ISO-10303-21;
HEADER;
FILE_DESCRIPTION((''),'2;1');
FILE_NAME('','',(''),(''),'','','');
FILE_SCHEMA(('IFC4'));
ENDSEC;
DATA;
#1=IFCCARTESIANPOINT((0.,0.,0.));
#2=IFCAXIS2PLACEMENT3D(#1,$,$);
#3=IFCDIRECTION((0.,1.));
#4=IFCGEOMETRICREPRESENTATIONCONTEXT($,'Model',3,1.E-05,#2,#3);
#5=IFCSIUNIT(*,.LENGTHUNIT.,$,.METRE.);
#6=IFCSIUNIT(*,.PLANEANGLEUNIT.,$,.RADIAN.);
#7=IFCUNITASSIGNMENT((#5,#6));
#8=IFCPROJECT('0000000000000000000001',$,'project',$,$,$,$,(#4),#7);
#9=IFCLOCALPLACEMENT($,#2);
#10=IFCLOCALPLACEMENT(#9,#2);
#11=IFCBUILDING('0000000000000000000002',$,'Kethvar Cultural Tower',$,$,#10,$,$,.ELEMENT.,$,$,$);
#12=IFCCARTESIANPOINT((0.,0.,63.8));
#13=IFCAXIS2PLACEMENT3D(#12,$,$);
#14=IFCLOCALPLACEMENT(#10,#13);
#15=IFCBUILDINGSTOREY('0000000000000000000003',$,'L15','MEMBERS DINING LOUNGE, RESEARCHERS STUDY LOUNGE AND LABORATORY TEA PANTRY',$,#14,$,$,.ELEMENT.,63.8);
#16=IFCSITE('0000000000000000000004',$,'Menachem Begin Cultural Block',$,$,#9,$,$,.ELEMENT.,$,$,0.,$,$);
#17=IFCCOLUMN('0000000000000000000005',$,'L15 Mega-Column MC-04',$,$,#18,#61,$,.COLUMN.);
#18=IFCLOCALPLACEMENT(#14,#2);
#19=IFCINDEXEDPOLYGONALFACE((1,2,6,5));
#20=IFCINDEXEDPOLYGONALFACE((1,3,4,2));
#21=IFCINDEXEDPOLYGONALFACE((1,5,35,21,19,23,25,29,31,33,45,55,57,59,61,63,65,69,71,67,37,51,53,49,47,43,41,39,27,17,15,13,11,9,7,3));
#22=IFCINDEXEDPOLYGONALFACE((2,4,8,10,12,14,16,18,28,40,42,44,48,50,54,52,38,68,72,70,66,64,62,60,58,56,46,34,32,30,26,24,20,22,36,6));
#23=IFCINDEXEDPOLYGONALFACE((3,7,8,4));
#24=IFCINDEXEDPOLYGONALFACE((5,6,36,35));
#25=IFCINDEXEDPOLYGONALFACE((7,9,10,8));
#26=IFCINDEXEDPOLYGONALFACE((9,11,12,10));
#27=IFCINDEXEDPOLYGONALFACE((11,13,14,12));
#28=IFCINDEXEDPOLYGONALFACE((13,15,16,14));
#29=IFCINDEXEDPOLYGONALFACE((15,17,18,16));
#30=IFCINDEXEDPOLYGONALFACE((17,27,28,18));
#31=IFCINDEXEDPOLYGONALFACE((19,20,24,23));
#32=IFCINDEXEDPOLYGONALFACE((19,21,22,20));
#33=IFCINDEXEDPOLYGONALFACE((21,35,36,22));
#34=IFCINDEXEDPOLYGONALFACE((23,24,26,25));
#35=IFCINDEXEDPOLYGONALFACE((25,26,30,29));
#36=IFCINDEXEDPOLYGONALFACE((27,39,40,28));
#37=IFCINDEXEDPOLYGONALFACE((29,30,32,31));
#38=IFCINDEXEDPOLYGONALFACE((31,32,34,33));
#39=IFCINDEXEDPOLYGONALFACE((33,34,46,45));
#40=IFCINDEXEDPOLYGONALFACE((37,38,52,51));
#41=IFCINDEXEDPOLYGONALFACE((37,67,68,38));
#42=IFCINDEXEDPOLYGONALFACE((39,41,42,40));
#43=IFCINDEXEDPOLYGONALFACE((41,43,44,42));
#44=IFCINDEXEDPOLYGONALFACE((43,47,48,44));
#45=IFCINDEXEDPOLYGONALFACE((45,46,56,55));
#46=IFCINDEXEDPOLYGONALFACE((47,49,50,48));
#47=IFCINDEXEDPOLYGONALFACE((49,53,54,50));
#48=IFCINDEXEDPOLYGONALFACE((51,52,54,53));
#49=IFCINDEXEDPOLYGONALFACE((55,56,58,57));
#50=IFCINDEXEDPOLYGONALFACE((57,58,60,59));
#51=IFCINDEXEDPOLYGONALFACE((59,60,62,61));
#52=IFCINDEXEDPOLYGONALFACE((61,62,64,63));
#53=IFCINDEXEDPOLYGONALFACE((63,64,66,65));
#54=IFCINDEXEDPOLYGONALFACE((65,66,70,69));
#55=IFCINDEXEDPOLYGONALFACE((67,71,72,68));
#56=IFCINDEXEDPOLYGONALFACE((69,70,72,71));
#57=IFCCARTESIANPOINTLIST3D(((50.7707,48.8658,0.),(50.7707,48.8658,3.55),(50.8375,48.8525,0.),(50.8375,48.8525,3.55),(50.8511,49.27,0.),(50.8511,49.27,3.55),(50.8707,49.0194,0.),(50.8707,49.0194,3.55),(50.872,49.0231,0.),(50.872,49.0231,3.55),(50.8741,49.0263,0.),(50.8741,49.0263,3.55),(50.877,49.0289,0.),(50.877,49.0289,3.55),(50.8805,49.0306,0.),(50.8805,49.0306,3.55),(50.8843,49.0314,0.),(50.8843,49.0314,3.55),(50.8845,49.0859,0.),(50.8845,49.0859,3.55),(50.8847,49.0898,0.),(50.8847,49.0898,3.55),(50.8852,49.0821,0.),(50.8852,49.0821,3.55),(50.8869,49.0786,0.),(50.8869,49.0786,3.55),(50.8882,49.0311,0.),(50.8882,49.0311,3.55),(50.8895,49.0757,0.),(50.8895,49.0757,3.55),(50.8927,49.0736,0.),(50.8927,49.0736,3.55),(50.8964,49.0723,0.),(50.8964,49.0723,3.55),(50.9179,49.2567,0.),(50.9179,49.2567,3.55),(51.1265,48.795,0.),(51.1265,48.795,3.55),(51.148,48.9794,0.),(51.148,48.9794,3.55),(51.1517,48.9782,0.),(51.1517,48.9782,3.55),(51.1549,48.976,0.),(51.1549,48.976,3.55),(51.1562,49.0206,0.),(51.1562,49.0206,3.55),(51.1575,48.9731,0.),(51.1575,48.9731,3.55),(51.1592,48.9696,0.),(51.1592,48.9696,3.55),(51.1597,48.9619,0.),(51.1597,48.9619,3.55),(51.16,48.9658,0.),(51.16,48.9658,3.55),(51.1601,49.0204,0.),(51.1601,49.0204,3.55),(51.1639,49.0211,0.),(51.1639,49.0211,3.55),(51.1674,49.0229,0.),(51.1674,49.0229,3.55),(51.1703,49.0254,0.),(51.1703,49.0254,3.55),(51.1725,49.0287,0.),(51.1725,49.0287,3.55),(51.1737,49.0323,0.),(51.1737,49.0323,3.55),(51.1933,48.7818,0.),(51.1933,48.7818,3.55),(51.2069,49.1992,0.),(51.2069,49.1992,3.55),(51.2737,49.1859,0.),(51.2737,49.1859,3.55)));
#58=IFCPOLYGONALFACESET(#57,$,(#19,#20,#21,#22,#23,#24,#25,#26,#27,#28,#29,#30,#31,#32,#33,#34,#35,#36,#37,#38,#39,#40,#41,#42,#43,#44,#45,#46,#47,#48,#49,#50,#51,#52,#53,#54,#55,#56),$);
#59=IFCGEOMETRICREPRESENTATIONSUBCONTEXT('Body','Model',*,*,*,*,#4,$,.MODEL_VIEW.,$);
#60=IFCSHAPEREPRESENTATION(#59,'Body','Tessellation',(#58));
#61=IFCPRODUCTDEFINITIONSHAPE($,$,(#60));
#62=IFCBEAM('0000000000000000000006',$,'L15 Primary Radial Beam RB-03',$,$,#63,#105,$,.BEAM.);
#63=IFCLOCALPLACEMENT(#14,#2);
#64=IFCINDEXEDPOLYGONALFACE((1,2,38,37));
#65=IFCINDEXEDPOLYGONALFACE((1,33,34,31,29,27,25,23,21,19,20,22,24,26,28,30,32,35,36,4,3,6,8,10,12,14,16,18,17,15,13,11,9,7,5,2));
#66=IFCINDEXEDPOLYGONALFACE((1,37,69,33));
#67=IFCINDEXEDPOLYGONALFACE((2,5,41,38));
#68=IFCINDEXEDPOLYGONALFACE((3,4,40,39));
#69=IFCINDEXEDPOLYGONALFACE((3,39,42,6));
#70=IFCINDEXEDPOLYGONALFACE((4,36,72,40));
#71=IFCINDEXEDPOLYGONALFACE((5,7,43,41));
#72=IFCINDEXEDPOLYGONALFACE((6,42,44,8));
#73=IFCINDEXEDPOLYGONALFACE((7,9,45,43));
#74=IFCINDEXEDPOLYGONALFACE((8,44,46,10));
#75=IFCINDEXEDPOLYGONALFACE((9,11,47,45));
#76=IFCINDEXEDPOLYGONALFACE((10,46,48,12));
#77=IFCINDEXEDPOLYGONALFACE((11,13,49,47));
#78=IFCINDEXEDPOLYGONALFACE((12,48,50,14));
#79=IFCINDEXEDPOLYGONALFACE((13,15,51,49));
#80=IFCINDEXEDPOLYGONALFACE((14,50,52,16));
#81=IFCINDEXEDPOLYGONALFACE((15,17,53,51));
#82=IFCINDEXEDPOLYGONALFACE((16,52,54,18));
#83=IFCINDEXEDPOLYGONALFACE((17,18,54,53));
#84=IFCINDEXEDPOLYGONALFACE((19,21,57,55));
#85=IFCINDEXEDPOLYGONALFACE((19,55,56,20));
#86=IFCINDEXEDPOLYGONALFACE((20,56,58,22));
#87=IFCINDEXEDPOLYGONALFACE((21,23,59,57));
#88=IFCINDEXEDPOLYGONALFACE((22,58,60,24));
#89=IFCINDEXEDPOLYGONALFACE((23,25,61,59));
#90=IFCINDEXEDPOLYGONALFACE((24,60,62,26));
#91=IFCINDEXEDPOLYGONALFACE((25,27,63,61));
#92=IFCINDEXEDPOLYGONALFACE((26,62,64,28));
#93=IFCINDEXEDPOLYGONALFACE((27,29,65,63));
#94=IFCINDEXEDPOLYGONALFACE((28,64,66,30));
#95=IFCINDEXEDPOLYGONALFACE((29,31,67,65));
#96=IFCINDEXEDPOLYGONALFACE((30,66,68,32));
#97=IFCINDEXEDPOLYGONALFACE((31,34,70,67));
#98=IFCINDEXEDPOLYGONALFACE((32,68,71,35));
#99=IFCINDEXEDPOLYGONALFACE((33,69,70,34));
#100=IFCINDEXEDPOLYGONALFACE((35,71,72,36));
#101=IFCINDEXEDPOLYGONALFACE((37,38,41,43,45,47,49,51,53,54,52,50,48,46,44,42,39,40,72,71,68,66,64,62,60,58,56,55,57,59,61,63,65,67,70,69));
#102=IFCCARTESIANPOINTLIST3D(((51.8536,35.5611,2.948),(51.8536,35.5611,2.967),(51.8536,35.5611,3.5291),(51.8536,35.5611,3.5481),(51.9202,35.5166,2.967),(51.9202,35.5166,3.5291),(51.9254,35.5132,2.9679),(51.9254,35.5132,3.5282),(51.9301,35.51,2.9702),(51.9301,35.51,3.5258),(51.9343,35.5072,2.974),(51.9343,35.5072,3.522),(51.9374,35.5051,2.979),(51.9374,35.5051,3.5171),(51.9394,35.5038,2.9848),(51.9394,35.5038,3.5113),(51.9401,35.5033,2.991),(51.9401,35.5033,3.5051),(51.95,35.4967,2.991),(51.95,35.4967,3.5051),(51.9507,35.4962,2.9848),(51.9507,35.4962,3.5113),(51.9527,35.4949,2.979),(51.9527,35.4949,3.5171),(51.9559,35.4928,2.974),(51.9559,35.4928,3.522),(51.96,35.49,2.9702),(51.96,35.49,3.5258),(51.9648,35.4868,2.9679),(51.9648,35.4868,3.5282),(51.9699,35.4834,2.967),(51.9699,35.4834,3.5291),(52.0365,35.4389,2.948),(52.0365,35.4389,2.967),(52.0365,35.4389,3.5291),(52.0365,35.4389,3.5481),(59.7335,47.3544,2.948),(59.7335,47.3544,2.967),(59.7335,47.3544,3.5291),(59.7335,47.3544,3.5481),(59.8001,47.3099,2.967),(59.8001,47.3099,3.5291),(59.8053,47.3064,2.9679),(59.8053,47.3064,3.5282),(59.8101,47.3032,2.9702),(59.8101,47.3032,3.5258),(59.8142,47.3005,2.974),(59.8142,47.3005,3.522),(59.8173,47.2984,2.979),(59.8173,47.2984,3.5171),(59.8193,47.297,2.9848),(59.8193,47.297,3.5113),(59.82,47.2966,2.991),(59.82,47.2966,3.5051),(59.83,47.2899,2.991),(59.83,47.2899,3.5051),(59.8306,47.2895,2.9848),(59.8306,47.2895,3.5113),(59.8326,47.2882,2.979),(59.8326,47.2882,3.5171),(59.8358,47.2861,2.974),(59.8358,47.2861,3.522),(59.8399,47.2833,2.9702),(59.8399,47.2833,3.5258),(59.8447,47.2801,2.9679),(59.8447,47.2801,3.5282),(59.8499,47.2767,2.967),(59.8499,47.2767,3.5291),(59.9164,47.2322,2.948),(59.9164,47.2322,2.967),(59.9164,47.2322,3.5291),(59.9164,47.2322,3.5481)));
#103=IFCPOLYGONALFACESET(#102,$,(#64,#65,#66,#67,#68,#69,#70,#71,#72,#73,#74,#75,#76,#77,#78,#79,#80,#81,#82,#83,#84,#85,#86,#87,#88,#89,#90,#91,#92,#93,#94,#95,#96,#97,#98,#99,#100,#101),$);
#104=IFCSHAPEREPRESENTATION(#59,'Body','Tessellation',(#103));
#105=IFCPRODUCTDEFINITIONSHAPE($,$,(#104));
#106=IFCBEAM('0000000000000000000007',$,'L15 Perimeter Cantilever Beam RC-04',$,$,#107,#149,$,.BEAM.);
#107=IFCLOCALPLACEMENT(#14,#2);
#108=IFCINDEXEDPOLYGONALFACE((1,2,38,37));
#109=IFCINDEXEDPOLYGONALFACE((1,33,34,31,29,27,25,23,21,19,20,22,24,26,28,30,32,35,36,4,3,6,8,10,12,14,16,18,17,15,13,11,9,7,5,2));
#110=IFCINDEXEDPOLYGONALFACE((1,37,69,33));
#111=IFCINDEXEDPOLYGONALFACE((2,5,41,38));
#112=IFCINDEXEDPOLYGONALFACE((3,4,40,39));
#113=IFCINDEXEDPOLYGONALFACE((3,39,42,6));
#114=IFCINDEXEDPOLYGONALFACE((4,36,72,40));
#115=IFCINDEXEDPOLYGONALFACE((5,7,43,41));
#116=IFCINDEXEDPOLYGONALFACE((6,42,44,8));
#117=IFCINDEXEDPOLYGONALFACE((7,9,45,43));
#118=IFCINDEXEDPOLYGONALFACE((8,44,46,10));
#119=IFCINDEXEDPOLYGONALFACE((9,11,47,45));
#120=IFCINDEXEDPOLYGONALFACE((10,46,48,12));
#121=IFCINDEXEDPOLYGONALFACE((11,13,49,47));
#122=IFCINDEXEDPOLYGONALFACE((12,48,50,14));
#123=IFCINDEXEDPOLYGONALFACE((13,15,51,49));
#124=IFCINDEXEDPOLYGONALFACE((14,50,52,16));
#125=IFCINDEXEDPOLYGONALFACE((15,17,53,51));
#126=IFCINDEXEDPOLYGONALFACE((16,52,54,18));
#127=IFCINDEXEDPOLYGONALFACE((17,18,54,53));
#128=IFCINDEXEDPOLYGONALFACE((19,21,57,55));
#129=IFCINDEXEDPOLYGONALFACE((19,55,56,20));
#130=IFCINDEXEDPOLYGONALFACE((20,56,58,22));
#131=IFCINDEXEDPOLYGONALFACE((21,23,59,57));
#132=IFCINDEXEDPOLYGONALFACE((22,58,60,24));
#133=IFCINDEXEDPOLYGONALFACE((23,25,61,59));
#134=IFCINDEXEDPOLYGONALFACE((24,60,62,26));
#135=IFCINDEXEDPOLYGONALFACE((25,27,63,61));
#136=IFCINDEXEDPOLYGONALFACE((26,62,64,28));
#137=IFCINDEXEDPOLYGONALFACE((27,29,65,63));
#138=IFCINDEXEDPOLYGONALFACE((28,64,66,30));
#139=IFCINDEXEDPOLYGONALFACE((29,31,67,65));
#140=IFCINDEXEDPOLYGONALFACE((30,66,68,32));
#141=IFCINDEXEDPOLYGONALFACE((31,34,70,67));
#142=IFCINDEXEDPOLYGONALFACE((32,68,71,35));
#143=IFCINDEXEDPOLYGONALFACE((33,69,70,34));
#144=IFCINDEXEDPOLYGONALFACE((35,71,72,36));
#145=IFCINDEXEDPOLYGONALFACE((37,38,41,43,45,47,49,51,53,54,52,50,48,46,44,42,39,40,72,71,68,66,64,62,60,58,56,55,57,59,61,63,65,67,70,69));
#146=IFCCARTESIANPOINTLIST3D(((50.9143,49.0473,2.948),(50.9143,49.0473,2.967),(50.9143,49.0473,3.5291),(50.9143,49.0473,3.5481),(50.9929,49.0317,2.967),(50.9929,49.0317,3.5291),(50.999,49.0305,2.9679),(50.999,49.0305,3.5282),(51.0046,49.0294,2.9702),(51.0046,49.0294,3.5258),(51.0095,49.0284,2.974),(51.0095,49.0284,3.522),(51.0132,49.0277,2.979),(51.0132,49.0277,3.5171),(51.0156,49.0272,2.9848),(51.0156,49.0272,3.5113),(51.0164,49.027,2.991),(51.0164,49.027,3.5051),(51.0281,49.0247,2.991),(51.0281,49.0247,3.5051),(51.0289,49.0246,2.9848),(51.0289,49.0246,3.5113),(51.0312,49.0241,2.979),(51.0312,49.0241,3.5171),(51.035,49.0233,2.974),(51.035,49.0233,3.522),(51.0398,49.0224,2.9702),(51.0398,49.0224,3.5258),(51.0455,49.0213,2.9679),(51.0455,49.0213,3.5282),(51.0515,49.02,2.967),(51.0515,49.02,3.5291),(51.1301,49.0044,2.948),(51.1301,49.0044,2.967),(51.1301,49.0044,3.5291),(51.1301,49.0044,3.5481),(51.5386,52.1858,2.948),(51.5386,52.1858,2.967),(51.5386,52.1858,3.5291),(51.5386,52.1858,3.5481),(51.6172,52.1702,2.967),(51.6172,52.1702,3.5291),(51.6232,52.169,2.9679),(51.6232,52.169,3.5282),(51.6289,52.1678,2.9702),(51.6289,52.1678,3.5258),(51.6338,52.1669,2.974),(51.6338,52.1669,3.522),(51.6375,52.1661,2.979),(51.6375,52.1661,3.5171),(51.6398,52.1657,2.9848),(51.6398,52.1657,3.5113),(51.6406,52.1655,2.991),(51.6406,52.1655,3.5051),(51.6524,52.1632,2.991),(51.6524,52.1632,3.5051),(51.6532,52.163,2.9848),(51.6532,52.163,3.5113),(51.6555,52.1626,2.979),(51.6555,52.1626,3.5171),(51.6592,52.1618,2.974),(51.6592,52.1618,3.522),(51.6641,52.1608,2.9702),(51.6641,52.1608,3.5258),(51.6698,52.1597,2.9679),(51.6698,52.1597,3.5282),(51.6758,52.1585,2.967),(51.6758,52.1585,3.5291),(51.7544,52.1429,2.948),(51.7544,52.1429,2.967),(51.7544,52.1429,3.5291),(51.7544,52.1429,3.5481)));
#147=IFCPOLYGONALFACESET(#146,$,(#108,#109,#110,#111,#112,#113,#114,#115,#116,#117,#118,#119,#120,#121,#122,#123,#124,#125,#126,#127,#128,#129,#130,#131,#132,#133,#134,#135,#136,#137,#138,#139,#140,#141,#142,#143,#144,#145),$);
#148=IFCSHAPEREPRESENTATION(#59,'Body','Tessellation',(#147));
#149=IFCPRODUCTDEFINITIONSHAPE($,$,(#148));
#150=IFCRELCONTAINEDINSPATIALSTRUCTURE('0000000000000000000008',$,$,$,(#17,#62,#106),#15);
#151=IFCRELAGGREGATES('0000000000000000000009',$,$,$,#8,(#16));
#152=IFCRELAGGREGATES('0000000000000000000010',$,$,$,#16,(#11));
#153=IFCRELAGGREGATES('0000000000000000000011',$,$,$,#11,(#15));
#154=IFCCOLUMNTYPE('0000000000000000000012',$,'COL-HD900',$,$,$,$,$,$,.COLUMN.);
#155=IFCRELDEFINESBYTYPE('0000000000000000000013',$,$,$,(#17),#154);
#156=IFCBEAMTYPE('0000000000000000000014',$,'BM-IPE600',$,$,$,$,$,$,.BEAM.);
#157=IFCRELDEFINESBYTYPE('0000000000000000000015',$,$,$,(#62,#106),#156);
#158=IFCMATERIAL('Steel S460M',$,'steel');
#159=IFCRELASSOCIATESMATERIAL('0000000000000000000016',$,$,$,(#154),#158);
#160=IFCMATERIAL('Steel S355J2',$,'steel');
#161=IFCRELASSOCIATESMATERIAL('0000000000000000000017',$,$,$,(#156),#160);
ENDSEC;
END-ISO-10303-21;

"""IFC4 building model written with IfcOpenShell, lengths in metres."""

from ifc_helpers import new_model, si_unit, direction, frame, origin, origin_2d, place, context, subcontext, project, spatial, i_section, extrude, source, transform, mapped, material, material_profile, profile_set, type_object, element, save


model = new_model("IFC4")

# Units and contexts
model_context = context("Model", 3, precision=1e-05, world=origin(), true_north=direction((0.0, 1.0)))
body_context = subcontext(model_context, "Body", "Model", "MODEL_VIEW")
ifc_project = project(units=[si_unit("LENGTHUNIT", "METRE"), si_unit("PLANEANGLEUNIT", "RADIAN")], contexts=[model_context])

# Site, building, storey
site_placement = place(None, origin())
site = spatial("IfcSite", under=ifc_project, at=site_placement, Name="Menachem Begin Cultural Block", CompositionType="ELEMENT", RefElevation=0.0)
building_placement = place(site_placement, origin())
building = spatial("IfcBuilding", under=site, at=building_placement, Name="Kethvar Cultural Tower", CompositionType="ELEMENT")
storey_placement = place(building_placement, frame((0.0, 0.0, 63.8)))
storey = spatial("IfcBuildingStorey", under=building, at=storey_placement, Name="L15", Description="MEMBERS DINING LOUNGE, RESEARCHERS STUDY LOUNGE AND LABORATORY TEA PANTRY", CompositionType="ELEMENT", Elevation=63.8)

# Column
ifc_material_1 = material(Name="Steel S460M", Category="steel")
ifc_material_profile_1 = material_profile(ifc_material_1, i_section(OverallWidth=0.4121, OverallDepth=0.4309, WebThickness=0.042, FlangeThickness=0.0681, FilletRadius=0.0149, at=origin_2d()), Name="Steel S460M — HD400x900")
ifc_profile_set_1 = profile_set([ifc_material_profile_1], Name="Steel S460M — HD400x900")
column_type = type_object("IfcColumnType", Name="COL-HD900", PredefinedType="COLUMN", material=ifc_profile_set_1)
shared_shape_1 = source(origin(), body_context, "Body", "SweptSolid", [
    extrude(i_section(OverallWidth=0.4121, OverallDepth=0.4309, WebThickness=0.042, FlangeThickness=0.0681, FilletRadius=0.0149, at=origin_2d()), origin(), (0.0, 0.0, 1.0), 3.55),
])
column_placement = place(storey_placement, frame((51.0222, 49.0259, 0.0), z_axis=(0.0, 0.0, 1.0), x_axis=(0.19509, 0.980785, 0.0)))
element("IfcColumn", 1, at=column_placement, inside=storey, type_object=column_type, Name="L15 Mega-Column MC-04", PredefinedType="COLUMN", context=body_context, shape_type="MappedRepresentation", body=[
    mapped(shared_shape_1, transform((0.0, 0.0, 0.0), scale=1.0)),
])

# Beams
ifc_material_2 = material(Name="Steel S355J2", Category="steel")
ifc_material_profile_2 = material_profile(ifc_material_2, i_section(OverallWidth=0.22, OverallDepth=0.6001, WebThickness=0.012, FlangeThickness=0.019, FilletRadius=0.0239, at=origin_2d()), Name="Steel S355J2 — IPE600")
ifc_profile_set_2 = profile_set([ifc_material_profile_2], Name="Steel S355J2 — IPE600")
beam_type_1 = type_object("IfcBeamType", Name="BM-IPE600", PredefinedType="BEAM", material=ifc_profile_set_2)
shared_shape_2 = source(origin(), body_context, "Body", "SweptSolid", [
    extrude(i_section(OverallWidth=0.22, OverallDepth=0.6001, WebThickness=0.012, FlangeThickness=0.019, FilletRadius=0.0239, at=origin_2d()), origin(), (0.0, 0.0, 1.0), 14.1836),
])
beam_1_placement = place(storey_placement, frame((51.9451, 35.5, 3.248), z_axis=(0.555566, 0.831473, 0.0), x_axis=(-0.831473, 0.555566, 0.0)))
element("IfcBeam", 2, at=beam_1_placement, inside=storey, type_object=beam_type_1, Name="L15 Primary Radial Beam RB-03", PredefinedType="BEAM", context=body_context, shape_type="MappedRepresentation", body=[
    mapped(shared_shape_2, transform((0.0, 0.0, 0.0), scale=1.0)),
])
shared_shape_3 = source(origin(), body_context, "Body", "SweptSolid", [
    extrude(i_section(OverallWidth=0.22, OverallDepth=0.6001, WebThickness=0.012, FlangeThickness=0.019, FilletRadius=0.0239, at=origin_2d()), origin(), (0.0, 0.0, 1.0), 3.2),
])
beam_2_placement = place(storey_placement, frame((51.0222, 49.0259, 3.248), z_axis=(0.195089, 0.980786, 0.0), x_axis=(-0.980786, 0.195089, 0.0)))
element("IfcBeam", 3, at=beam_2_placement, inside=storey, type_object=beam_type_1, Name="L15 Perimeter Cantilever Beam RC-04", PredefinedType="BEAM", context=body_context, shape_type="MappedRepresentation", body=[
    mapped(shared_shape_3, transform((0.0, 0.0, 0.0), scale=1.0)),
])

save(model, "model.ifc")
